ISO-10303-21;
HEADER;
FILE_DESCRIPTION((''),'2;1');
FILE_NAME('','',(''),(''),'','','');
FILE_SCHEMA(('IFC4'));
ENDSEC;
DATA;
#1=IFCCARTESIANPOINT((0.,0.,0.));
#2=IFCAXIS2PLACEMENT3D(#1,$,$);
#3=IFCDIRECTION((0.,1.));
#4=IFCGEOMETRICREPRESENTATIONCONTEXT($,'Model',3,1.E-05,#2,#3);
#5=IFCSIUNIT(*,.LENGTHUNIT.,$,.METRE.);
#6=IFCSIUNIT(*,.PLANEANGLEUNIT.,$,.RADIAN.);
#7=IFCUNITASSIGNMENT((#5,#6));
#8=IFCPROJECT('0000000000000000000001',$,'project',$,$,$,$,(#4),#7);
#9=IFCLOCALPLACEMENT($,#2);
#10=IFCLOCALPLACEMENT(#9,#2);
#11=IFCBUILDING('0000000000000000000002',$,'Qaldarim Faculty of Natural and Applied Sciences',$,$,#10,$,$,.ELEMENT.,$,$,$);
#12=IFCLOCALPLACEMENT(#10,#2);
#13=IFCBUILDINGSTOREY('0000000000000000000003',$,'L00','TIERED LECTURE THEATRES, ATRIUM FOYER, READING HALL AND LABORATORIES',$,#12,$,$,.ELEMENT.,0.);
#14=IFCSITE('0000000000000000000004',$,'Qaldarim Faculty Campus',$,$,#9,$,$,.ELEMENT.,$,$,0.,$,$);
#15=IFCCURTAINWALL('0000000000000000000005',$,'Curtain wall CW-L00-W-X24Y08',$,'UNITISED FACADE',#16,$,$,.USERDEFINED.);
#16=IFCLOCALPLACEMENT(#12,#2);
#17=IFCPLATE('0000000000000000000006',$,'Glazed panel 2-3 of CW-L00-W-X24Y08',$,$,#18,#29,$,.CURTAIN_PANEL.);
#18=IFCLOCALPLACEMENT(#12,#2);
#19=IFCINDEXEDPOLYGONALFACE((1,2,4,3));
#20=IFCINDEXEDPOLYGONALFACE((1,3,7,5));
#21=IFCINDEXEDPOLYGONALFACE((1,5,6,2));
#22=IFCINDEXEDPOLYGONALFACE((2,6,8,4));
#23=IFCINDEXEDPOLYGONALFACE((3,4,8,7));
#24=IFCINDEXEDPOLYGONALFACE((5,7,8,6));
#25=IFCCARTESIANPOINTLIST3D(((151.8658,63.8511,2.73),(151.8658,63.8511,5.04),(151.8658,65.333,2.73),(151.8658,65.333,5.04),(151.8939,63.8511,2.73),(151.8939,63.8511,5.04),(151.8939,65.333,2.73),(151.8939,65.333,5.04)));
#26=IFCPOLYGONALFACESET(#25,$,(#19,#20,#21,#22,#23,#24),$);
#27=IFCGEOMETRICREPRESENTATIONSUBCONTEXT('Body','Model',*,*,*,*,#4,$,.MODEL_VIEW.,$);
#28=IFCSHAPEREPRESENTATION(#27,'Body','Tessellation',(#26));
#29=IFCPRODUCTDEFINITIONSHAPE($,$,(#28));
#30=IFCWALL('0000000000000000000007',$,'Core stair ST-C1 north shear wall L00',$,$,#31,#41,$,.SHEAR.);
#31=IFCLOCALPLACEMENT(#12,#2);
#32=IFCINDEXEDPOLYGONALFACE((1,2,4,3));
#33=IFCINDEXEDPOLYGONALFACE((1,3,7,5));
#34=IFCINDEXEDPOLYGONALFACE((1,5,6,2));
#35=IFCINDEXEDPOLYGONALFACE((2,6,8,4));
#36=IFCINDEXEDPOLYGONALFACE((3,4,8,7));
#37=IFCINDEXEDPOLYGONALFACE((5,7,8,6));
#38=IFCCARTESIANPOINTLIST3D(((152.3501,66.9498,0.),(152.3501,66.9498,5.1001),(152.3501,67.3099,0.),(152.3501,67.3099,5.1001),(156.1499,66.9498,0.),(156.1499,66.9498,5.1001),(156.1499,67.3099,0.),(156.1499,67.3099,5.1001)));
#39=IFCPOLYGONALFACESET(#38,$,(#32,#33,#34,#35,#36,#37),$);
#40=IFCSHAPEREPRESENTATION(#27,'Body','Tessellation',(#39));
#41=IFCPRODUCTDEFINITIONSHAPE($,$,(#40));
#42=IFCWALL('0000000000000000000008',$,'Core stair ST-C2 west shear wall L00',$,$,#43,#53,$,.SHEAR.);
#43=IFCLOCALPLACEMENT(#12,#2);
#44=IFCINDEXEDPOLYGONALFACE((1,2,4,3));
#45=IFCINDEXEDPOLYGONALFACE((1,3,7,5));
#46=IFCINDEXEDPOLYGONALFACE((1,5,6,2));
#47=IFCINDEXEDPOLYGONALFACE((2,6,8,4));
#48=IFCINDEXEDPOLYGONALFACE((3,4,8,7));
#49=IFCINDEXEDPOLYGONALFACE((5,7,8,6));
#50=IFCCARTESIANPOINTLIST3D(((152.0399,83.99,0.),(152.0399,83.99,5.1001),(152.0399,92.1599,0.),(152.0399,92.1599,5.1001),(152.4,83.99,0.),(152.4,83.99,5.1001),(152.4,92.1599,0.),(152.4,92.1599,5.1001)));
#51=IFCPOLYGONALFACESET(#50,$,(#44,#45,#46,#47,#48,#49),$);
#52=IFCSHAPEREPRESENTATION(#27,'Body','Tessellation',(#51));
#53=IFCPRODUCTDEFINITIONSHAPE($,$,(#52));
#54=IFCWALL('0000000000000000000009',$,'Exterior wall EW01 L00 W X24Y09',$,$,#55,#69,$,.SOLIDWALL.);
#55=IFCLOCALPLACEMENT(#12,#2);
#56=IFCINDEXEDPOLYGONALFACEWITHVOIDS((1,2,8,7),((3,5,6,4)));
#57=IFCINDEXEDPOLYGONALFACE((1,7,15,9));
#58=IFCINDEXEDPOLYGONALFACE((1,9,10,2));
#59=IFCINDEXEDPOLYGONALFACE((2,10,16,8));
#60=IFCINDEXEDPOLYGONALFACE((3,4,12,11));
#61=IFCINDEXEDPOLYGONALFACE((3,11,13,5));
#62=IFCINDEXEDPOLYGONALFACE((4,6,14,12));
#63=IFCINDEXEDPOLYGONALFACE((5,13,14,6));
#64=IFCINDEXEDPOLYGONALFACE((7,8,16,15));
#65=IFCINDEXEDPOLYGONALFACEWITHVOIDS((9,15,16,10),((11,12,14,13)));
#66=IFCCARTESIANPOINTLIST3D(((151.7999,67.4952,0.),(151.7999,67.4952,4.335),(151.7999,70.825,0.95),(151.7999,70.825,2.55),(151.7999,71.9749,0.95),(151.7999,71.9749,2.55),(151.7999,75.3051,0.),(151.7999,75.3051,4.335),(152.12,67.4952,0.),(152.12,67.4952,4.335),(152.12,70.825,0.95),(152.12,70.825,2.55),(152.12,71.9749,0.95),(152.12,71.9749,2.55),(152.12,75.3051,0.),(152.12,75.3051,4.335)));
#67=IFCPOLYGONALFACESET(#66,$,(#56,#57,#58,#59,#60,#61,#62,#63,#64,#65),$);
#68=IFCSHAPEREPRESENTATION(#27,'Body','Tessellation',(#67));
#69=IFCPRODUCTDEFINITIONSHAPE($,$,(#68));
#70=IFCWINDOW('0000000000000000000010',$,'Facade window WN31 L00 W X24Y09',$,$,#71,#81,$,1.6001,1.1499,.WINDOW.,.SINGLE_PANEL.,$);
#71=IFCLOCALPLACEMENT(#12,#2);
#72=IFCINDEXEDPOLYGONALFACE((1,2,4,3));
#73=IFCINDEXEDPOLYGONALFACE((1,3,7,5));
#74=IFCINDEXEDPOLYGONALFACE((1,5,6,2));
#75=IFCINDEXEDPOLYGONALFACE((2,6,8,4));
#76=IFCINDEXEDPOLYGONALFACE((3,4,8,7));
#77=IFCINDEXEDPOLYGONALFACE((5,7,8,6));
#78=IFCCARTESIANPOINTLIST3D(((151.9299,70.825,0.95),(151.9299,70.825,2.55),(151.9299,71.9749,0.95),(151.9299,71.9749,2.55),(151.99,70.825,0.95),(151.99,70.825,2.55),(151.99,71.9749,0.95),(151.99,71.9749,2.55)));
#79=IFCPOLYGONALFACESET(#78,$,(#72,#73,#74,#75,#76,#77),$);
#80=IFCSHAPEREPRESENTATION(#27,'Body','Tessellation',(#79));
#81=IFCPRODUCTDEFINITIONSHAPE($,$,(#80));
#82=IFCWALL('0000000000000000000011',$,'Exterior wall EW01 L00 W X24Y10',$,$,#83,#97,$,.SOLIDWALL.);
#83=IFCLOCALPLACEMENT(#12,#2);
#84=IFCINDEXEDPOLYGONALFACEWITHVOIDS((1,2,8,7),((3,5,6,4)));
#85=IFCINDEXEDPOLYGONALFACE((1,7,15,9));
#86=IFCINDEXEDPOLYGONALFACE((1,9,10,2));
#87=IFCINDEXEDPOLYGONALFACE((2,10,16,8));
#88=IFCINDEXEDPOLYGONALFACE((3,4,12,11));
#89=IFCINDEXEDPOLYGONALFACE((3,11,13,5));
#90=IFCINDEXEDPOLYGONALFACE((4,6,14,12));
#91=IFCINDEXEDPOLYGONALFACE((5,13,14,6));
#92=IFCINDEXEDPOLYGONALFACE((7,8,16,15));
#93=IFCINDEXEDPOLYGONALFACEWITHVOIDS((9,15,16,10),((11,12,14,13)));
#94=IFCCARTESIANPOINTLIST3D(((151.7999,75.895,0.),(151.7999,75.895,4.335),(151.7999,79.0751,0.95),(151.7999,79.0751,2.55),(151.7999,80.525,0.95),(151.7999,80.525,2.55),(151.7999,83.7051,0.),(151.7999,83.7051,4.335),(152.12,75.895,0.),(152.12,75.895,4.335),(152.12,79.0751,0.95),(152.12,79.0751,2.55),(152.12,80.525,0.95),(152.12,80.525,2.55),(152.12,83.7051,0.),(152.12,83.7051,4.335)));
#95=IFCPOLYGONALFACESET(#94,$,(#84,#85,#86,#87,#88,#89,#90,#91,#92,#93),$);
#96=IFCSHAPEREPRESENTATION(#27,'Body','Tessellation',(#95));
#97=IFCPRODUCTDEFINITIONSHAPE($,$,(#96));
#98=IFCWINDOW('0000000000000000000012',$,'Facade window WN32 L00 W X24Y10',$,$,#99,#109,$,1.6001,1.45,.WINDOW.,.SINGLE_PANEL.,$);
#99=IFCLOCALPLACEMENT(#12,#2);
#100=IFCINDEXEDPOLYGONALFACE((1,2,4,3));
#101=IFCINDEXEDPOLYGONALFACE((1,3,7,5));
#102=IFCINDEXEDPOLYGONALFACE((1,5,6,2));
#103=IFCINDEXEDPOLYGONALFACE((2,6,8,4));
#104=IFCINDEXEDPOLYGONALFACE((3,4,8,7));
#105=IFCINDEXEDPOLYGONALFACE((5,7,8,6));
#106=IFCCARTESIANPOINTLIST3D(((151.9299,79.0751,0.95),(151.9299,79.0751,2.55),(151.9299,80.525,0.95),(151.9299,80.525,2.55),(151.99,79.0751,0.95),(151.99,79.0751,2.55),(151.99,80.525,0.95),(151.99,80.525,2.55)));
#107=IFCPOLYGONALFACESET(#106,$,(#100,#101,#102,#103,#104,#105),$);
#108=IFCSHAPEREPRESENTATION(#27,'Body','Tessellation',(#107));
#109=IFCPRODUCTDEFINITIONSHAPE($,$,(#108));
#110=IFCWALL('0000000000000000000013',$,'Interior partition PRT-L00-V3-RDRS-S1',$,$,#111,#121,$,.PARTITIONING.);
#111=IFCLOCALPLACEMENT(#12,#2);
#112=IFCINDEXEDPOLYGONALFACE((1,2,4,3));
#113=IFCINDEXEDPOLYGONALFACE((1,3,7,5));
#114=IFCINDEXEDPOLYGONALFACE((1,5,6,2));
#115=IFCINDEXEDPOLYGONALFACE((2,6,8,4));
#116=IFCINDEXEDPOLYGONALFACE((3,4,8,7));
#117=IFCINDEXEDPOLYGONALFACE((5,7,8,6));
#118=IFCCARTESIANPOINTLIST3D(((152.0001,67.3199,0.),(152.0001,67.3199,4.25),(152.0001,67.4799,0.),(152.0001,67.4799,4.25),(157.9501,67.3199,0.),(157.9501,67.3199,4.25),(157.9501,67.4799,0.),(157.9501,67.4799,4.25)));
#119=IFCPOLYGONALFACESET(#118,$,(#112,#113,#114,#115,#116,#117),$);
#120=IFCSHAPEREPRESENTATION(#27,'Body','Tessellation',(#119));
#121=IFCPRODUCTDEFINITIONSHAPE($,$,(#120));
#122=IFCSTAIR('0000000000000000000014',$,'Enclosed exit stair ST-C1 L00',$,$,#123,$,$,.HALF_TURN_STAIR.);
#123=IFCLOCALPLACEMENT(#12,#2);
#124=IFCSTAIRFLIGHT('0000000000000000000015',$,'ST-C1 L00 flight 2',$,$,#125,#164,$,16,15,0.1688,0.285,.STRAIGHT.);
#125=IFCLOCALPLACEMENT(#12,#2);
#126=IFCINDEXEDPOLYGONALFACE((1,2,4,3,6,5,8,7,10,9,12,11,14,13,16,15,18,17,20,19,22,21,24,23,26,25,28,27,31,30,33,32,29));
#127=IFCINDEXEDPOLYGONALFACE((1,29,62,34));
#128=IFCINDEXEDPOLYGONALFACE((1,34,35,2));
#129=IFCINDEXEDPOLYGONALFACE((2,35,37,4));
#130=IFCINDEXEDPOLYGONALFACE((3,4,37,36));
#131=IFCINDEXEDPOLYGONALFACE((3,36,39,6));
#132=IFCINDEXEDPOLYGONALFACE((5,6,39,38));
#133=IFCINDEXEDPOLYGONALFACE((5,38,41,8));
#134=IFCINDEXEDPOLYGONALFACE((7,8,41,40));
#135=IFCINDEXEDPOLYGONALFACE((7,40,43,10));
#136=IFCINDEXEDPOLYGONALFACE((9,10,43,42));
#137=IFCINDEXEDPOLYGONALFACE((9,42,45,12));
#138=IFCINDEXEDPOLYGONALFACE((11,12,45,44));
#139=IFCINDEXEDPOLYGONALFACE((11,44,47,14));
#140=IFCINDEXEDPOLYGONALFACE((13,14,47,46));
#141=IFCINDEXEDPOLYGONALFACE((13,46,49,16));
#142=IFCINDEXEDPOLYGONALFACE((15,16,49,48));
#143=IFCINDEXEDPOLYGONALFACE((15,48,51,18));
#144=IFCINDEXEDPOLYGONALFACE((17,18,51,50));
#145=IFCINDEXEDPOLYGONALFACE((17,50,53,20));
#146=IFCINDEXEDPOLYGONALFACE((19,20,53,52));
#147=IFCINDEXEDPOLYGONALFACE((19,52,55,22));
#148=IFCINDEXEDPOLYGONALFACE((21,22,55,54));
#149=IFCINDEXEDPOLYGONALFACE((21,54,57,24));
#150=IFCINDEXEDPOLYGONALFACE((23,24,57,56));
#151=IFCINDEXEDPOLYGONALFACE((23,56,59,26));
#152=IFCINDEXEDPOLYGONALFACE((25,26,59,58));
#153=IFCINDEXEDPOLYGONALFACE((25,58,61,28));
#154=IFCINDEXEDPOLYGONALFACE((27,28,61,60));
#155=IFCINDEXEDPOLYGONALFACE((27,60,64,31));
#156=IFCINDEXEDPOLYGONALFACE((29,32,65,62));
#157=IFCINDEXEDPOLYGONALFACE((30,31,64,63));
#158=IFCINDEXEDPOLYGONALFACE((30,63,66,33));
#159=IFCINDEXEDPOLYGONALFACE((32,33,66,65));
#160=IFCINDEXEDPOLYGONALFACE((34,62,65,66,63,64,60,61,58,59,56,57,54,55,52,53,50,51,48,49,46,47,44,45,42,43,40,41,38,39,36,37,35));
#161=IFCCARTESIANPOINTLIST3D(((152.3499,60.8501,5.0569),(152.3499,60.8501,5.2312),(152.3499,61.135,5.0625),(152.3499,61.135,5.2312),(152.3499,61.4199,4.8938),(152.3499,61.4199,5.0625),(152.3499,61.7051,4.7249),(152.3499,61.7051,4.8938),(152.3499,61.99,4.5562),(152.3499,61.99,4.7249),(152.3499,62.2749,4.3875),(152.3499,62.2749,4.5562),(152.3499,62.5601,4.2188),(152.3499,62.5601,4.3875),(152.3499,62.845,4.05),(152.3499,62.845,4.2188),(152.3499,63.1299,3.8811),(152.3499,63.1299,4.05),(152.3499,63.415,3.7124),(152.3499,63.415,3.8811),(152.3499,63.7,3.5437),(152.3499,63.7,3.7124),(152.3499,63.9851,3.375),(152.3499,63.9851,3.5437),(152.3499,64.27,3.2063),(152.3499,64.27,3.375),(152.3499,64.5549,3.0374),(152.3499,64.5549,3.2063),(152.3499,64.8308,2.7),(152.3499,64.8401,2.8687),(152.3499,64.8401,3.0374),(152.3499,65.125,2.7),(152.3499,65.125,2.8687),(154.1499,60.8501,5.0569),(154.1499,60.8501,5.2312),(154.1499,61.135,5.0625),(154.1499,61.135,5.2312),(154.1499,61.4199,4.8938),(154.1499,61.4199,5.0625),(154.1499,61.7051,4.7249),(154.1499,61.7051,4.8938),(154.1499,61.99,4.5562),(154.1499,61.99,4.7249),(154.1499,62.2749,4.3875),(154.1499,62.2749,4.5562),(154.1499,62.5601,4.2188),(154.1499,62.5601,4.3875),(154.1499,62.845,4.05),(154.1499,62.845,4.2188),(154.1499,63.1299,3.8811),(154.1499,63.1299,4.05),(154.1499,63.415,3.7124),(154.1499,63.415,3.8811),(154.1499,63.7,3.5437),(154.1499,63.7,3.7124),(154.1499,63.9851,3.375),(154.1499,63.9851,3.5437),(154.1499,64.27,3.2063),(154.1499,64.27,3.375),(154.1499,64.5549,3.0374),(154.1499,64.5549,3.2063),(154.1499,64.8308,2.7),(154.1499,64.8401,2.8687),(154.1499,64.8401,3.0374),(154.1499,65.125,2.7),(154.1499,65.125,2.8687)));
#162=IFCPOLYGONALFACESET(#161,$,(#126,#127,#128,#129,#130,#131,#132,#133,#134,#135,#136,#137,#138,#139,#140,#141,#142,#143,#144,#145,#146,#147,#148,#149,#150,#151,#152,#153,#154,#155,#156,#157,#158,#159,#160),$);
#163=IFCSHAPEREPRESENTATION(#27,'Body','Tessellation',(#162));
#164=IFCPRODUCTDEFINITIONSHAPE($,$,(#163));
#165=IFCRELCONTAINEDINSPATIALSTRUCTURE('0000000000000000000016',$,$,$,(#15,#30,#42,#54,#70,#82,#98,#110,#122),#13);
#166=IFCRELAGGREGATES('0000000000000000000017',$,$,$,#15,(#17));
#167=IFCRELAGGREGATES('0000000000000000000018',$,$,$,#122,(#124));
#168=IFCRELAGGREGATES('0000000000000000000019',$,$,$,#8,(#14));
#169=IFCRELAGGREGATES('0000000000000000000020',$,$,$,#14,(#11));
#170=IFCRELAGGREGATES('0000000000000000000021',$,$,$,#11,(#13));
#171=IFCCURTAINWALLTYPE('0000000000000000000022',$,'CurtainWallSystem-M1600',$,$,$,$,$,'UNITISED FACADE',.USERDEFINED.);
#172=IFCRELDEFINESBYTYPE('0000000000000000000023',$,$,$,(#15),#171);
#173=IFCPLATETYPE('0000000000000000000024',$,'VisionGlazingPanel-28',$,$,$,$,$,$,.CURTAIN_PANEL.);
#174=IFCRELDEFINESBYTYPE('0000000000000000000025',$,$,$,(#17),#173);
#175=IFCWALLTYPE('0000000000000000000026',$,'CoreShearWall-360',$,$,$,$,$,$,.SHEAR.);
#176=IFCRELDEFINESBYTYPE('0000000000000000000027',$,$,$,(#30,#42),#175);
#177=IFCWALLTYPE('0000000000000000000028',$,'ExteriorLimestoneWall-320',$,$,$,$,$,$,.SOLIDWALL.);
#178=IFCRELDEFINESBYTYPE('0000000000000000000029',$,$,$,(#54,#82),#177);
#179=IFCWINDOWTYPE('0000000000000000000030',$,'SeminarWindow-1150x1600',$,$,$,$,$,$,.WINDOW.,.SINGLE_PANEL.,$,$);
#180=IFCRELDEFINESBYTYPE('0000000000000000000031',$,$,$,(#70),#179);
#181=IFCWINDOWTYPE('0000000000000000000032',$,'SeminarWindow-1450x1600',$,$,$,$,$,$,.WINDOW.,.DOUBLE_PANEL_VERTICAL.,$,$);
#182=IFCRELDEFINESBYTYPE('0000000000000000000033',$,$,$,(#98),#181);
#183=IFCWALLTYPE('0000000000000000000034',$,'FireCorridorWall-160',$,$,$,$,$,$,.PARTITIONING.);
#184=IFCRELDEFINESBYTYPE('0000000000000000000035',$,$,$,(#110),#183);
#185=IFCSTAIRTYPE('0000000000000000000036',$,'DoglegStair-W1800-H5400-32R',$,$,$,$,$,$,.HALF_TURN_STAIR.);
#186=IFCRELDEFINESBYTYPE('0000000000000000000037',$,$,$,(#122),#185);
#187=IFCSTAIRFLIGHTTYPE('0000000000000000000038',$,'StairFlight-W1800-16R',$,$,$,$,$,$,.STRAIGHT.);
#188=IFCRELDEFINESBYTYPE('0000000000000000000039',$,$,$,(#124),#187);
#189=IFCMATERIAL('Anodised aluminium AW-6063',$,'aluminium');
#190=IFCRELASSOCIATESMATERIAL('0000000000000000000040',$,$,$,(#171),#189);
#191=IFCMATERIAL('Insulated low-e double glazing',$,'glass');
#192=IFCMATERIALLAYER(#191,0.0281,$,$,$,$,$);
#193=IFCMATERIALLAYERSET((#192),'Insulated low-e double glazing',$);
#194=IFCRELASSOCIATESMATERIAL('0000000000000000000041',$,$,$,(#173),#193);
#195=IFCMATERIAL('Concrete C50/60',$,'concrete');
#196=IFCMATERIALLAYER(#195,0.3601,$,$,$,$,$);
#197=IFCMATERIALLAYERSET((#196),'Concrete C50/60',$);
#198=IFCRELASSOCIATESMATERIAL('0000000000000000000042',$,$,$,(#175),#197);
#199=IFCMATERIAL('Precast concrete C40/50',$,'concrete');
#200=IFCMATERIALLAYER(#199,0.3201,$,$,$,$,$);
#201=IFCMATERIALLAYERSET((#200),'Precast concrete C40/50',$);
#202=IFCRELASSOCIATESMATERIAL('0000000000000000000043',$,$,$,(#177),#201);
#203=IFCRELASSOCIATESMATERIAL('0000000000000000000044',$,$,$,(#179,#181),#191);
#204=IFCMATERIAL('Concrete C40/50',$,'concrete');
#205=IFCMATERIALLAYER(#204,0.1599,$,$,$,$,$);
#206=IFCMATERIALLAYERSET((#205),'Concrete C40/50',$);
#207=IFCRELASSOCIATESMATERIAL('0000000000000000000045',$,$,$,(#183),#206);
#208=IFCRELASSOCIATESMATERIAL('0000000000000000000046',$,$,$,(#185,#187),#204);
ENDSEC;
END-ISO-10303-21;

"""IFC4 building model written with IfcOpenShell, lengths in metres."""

from ifc_helpers import new_model, si_unit, direction, frame, frame_2d, origin, origin_2d, place, context, subcontext, project, spatial, polyline, rectangle, outline, extrude, material, layer, layer_set, type_object, element, fill, aggregate, save


model = new_model("IFC4")

# Units and contexts
model_context = context("Model", 3, precision=1e-05, world=origin(), true_north=direction((0.0, 1.0)))
body_context = subcontext(model_context, "Body", "Model", "MODEL_VIEW")
ifc_project = project(units=[si_unit("LENGTHUNIT", "METRE"), si_unit("PLANEANGLEUNIT", "RADIAN")], contexts=[model_context])

# Site, building, storey
site_placement = place(None, origin())
site = spatial("IfcSite", under=ifc_project, at=site_placement, Name="Qaldarim Faculty Campus", CompositionType="ELEMENT", RefElevation=0.0)
building_placement = place(site_placement, origin())
building = spatial("IfcBuilding", under=site, at=building_placement, Name="Qaldarim Faculty of Natural and Applied Sciences", CompositionType="ELEMENT")
storey_placement = place(building_placement, origin())
storey = spatial("IfcBuildingStorey", under=building, at=storey_placement, Name="L00", Description="TIERED LECTURE THEATRES, ATRIUM FOYER, READING HALL AND LABORATORIES", CompositionType="ELEMENT", Elevation=0.0)

# Shared definitions
ifc_material_1 = material(Name="Concrete C40/50", Category="concrete")

# Shared definitions
ifc_material_2 = material(Name="Concrete C50/60", Category="concrete")

# Curtain wall
ifc_material_3 = material(Name="Anodised aluminium AW-6063", Category="aluminium")
curtain_wall_type = type_object("IfcCurtainWallType", Name="CurtainWallSystem-M1600", ElementType="UNITISED FACADE", PredefinedType="USERDEFINED", material=ifc_material_3)
curtain_wall_placement = place(storey_placement, origin())
curtain_wall = element("IfcCurtainWall", 1, at=curtain_wall_placement, inside=storey, type_object=curtain_wall_type, Name="Curtain wall CW-L00-W-X24Y08", ObjectType="UNITISED FACADE", PredefinedType="USERDEFINED")

# Plate
ifc_material_4 = material(Name="Insulated low-e double glazing", Category="glass")
ifc_layer_1 = layer(ifc_material_4, 0.0281)
ifc_layer_set_1 = layer_set([ifc_layer_1], Name="Insulated low-e double glazing")
plate_type = type_object("IfcPlateType", Name="VisionGlazingPanel-28", PredefinedType="CURTAIN_PANEL", material=ifc_layer_set_1)
plate_1_placement = place(storey_placement, frame((151.8799, 64.592, 2.73), z_axis=(0.0, 0.0, 1.0), x_axis=(0.0, -1.0, 0.0)))
plate_1 = element("IfcPlate", 2, at=plate_1_placement, type_object=plate_type, Name="Glazed panel 2-3 of CW-L00-W-X24Y08", PredefinedType="CURTAIN_PANEL", context=body_context, shape_type="SweptSolid", body=[
    extrude(rectangle(XDim=1.4819, YDim=0.0281, at=origin_2d()), origin(), (0.0, 0.0, 1.0), 2.3101),
])
aggregate(curtain_wall, [plate_1])

# Walls
ifc_layer_2 = layer(ifc_material_2, 0.3601)
ifc_layer_set_2 = layer_set([ifc_layer_2], Name="Concrete C50/60")
wall_type_1 = type_object("IfcWallType", Name="CoreShearWall-360", PredefinedType="SHEAR", material=ifc_layer_set_2)
wall_1_placement = place(storey_placement, frame((152.3501, 67.1299, 0.0), z_axis=(0.0, 0.0, 1.0), x_axis=(1.0, 0.0, 0.0)))
element("IfcWall", 3, at=wall_1_placement, inside=storey, type_object=wall_type_1, Name="Core stair ST-C1 north shear wall L00", PredefinedType="SHEAR", context=body_context, shape_type="SweptSolid", body=[
    extrude(rectangle(XDim=3.7998, YDim=0.3601, at=frame_2d((1.8999, 0.0))), origin(), (0.0, 0.0, 1.0), 5.1001),
])
wall_2_placement = place(storey_placement, frame((152.22, 83.99, 0.0), z_axis=(0.0, 0.0, 1.0), x_axis=(0.0, 1.0, 0.0)))
element("IfcWall", 4, at=wall_2_placement, inside=storey, type_object=wall_type_1, Name="Core stair ST-C2 west shear wall L00", PredefinedType="SHEAR", context=body_context, shape_type="SweptSolid", body=[
    extrude(rectangle(XDim=8.1699, YDim=0.3601, at=frame_2d((4.085, 0.0))), origin(), (0.0, 0.0, 1.0), 5.1001),
])

# Walls, openings, windows
ifc_material_5 = material(Name="Precast concrete C40/50", Category="concrete")
ifc_layer_3 = layer(ifc_material_5, 0.3201)
ifc_layer_set_3 = layer_set([ifc_layer_3], Name="Precast concrete C40/50")
wall_type_2 = type_object("IfcWallType", Name="ExteriorLimestoneWall-320", PredefinedType="SOLIDWALL", material=ifc_layer_set_3)
wall_3_placement = place(storey_placement, frame((151.96, 75.3049, 0.0), z_axis=(0.0, 0.0, 1.0), x_axis=(0.0, -1.0, 0.0)))
wall_3 = element("IfcWall", 5, at=wall_3_placement, inside=storey, type_object=wall_type_2, Name="Exterior wall EW01 L00 W X24Y09", PredefinedType="SOLIDWALL", context=body_context, shape_type="SweptSolid", body=[
    extrude(rectangle(XDim=7.8098, YDim=0.3201, at=frame_2d((3.9048, 0.0))), origin(), (0.0, 0.0, 1.0), 4.335),
])
opening_1_placement = place(wall_3_placement, frame((3.3301, 0.0, 0.95)))
opening_1 = element("IfcOpeningElement", 6, at=opening_1_placement, cuts=wall_3, PredefinedType="OPENING", context=body_context, shape_type="SweptSolid", body=[
    extrude(rectangle(XDim=1.1499, YDim=1.6001, at=frame_2d((0.575, 0.8))), frame((0.0, 0.1699, 0.0), z_axis=(0.0, -1.0, 0.0), x_axis=(1.0, 0.0, 0.0)), (0.0, 0.0, 1.0), 0.3401),
])
window_type_1 = type_object("IfcWindowType", Name="SeminarWindow-1150x1600", PartitioningType="SINGLE_PANEL", PredefinedType="WINDOW", material=ifc_material_4)
window_1_placement = place(opening_1_placement, origin())
window_1 = element("IfcWindow", 7, at=window_1_placement, inside=storey, type_object=window_type_1, Name="Facade window WN31 L00 W X24Y09", OverallHeight=1.6001, OverallWidth=1.1499, PartitioningType="SINGLE_PANEL", PredefinedType="WINDOW", context=body_context, shape_type="SweptSolid", body=[
    extrude(rectangle(XDim=1.1499, YDim=1.6001, at=frame_2d((0.575, 0.8))), frame((0.0, 0.03, 0.0), z_axis=(0.0, -1.0, 0.0), x_axis=(1.0, 0.0, 0.0)), (0.0, 0.0, 1.0), 0.0601),
])
fill(opening_1, window_1)
wall_4_placement = place(storey_placement, frame((151.96, 83.7051, 0.0), z_axis=(0.0, 0.0, 1.0), x_axis=(0.0, -1.0, 0.0)))
wall_4 = element("IfcWall", 8, at=wall_4_placement, inside=storey, type_object=wall_type_2, Name="Exterior wall EW01 L00 W X24Y10", PredefinedType="SOLIDWALL", context=body_context, shape_type="SweptSolid", body=[
    extrude(rectangle(XDim=7.8101, YDim=0.3201, at=frame_2d((3.905, 0.0))), origin(), (0.0, 0.0, 1.0), 4.335),
])
opening_2_placement = place(wall_4_placement, frame((3.1799, 0.0, 0.95)))
opening_2 = element("IfcOpeningElement", 9, at=opening_2_placement, cuts=wall_4, PredefinedType="OPENING", context=body_context, shape_type="SweptSolid", body=[
    extrude(rectangle(XDim=1.45, YDim=1.6001, at=frame_2d((0.7251, 0.8))), frame((0.0, 0.1699, 0.0), z_axis=(0.0, -1.0, 0.0), x_axis=(1.0, 0.0, 0.0)), (0.0, 0.0, 1.0), 0.3401),
])
window_type_2 = type_object("IfcWindowType", Name="SeminarWindow-1450x1600", PartitioningType="DOUBLE_PANEL_VERTICAL", PredefinedType="WINDOW", material=ifc_material_4)
window_2_placement = place(opening_2_placement, origin())
window_2 = element("IfcWindow", 10, at=window_2_placement, inside=storey, type_object=window_type_2, Name="Facade window WN32 L00 W X24Y10", OverallHeight=1.6001, OverallWidth=1.45, PartitioningType="SINGLE_PANEL", PredefinedType="WINDOW", context=body_context, shape_type="SweptSolid", body=[
    extrude(rectangle(XDim=1.45, YDim=1.6001, at=frame_2d((0.7251, 0.8))), frame((0.0, 0.03, 0.0), z_axis=(0.0, -1.0, 0.0), x_axis=(1.0, 0.0, 0.0)), (0.0, 0.0, 1.0), 0.0601),
])
fill(opening_2, window_2)

# Wall
ifc_layer_4 = layer(ifc_material_1, 0.1599)
ifc_layer_set_4 = layer_set([ifc_layer_4], Name="Concrete C40/50")
wall_type_3 = type_object("IfcWallType", Name="FireCorridorWall-160", PredefinedType="PARTITIONING", material=ifc_layer_set_4)
wall_5_placement = place(storey_placement, frame((152.0, 67.3999, 0.0), z_axis=(0.0, 0.0, 1.0), x_axis=(1.0, 0.0, 0.0)))
element("IfcWall", 11, at=wall_5_placement, inside=storey, type_object=wall_type_3, Name="Interior partition PRT-L00-V3-RDRS-S1", PredefinedType="PARTITIONING", context=body_context, shape_type="SweptSolid", body=[
    extrude(rectangle(XDim=5.95, YDim=0.1599, at=frame_2d((2.9751, 0.0))), origin(), (0.0, 0.0, 1.0), 4.25),
])

# Stair, stair flight
stair_type = type_object("IfcStairType", Name="DoglegStair-W1800-H5400-32R", PredefinedType="HALF_TURN_STAIR", material=ifc_material_1)
stair_placement = place(storey_placement, origin())
stair = element("IfcStair", 12, at=stair_placement, inside=storey, type_object=stair_type, Name="Enclosed exit stair ST-C1 L00", PredefinedType="HALF_TURN_STAIR")
stair_flight_type = type_object("IfcStairFlightType", Name="StairFlight-W1800-16R", PredefinedType="STRAIGHT", material=ifc_material_1)
stair_flight_placement = place(storey_placement, frame((153.25, 65.125, 2.7), z_axis=(0.0, 0.0, 1.0), x_axis=(0.0, -1.0, 0.0)))
stair_flight = element("IfcStairFlight", 13, at=stair_flight_placement, type_object=stair_flight_type, Name="ST-C1 L00 flight 2", NumberOfRisers=16, NumberOfTreads=15, PredefinedType="STRAIGHT", RiserHeight=0.1688, TreadLength=0.285, context=body_context, shape_type="SweptSolid", body=[
    extrude(outline(polyline([(0.0, 0.0), (0.0, 0.1687), (0.2849, 0.1687), (0.2849, 0.3374), (0.5701, 0.3374), (0.5701, 0.5063), (0.855, 0.5063), (0.855, 0.675), (1.1399, 0.675), (1.1399, 0.8438), (1.425, 0.8438), (1.425, 1.0125), (1.71, 1.0125), (1.71, 1.1812), (1.9951, 1.1812), (1.9951, 1.3501), (2.28, 1.3501), (2.28, 1.5188), (2.5649, 1.5188), (2.5649, 1.6875), (2.8501, 1.6875), (2.8501, 1.8562), (3.135, 1.8562), (3.135, 2.0249), (3.4199, 2.0249), (3.4199, 2.1938), (3.7051, 2.1938), (3.7051, 2.3625), (3.99, 2.3625), (3.99, 2.5312), (4.2749, 2.5312), (4.2749, 2.7), (4.2749, 2.3569), (0.2942, 0.0), (0.0, 0.0)])), frame((0.0, 0.8999, 0.0), z_axis=(0.0, -1.0, 0.0), x_axis=(1.0, 0.0, 0.0)), (0.0, 0.0, 1.0), 1.8),
])
aggregate(stair, [stair_flight])

save(model, "model.ifc")
